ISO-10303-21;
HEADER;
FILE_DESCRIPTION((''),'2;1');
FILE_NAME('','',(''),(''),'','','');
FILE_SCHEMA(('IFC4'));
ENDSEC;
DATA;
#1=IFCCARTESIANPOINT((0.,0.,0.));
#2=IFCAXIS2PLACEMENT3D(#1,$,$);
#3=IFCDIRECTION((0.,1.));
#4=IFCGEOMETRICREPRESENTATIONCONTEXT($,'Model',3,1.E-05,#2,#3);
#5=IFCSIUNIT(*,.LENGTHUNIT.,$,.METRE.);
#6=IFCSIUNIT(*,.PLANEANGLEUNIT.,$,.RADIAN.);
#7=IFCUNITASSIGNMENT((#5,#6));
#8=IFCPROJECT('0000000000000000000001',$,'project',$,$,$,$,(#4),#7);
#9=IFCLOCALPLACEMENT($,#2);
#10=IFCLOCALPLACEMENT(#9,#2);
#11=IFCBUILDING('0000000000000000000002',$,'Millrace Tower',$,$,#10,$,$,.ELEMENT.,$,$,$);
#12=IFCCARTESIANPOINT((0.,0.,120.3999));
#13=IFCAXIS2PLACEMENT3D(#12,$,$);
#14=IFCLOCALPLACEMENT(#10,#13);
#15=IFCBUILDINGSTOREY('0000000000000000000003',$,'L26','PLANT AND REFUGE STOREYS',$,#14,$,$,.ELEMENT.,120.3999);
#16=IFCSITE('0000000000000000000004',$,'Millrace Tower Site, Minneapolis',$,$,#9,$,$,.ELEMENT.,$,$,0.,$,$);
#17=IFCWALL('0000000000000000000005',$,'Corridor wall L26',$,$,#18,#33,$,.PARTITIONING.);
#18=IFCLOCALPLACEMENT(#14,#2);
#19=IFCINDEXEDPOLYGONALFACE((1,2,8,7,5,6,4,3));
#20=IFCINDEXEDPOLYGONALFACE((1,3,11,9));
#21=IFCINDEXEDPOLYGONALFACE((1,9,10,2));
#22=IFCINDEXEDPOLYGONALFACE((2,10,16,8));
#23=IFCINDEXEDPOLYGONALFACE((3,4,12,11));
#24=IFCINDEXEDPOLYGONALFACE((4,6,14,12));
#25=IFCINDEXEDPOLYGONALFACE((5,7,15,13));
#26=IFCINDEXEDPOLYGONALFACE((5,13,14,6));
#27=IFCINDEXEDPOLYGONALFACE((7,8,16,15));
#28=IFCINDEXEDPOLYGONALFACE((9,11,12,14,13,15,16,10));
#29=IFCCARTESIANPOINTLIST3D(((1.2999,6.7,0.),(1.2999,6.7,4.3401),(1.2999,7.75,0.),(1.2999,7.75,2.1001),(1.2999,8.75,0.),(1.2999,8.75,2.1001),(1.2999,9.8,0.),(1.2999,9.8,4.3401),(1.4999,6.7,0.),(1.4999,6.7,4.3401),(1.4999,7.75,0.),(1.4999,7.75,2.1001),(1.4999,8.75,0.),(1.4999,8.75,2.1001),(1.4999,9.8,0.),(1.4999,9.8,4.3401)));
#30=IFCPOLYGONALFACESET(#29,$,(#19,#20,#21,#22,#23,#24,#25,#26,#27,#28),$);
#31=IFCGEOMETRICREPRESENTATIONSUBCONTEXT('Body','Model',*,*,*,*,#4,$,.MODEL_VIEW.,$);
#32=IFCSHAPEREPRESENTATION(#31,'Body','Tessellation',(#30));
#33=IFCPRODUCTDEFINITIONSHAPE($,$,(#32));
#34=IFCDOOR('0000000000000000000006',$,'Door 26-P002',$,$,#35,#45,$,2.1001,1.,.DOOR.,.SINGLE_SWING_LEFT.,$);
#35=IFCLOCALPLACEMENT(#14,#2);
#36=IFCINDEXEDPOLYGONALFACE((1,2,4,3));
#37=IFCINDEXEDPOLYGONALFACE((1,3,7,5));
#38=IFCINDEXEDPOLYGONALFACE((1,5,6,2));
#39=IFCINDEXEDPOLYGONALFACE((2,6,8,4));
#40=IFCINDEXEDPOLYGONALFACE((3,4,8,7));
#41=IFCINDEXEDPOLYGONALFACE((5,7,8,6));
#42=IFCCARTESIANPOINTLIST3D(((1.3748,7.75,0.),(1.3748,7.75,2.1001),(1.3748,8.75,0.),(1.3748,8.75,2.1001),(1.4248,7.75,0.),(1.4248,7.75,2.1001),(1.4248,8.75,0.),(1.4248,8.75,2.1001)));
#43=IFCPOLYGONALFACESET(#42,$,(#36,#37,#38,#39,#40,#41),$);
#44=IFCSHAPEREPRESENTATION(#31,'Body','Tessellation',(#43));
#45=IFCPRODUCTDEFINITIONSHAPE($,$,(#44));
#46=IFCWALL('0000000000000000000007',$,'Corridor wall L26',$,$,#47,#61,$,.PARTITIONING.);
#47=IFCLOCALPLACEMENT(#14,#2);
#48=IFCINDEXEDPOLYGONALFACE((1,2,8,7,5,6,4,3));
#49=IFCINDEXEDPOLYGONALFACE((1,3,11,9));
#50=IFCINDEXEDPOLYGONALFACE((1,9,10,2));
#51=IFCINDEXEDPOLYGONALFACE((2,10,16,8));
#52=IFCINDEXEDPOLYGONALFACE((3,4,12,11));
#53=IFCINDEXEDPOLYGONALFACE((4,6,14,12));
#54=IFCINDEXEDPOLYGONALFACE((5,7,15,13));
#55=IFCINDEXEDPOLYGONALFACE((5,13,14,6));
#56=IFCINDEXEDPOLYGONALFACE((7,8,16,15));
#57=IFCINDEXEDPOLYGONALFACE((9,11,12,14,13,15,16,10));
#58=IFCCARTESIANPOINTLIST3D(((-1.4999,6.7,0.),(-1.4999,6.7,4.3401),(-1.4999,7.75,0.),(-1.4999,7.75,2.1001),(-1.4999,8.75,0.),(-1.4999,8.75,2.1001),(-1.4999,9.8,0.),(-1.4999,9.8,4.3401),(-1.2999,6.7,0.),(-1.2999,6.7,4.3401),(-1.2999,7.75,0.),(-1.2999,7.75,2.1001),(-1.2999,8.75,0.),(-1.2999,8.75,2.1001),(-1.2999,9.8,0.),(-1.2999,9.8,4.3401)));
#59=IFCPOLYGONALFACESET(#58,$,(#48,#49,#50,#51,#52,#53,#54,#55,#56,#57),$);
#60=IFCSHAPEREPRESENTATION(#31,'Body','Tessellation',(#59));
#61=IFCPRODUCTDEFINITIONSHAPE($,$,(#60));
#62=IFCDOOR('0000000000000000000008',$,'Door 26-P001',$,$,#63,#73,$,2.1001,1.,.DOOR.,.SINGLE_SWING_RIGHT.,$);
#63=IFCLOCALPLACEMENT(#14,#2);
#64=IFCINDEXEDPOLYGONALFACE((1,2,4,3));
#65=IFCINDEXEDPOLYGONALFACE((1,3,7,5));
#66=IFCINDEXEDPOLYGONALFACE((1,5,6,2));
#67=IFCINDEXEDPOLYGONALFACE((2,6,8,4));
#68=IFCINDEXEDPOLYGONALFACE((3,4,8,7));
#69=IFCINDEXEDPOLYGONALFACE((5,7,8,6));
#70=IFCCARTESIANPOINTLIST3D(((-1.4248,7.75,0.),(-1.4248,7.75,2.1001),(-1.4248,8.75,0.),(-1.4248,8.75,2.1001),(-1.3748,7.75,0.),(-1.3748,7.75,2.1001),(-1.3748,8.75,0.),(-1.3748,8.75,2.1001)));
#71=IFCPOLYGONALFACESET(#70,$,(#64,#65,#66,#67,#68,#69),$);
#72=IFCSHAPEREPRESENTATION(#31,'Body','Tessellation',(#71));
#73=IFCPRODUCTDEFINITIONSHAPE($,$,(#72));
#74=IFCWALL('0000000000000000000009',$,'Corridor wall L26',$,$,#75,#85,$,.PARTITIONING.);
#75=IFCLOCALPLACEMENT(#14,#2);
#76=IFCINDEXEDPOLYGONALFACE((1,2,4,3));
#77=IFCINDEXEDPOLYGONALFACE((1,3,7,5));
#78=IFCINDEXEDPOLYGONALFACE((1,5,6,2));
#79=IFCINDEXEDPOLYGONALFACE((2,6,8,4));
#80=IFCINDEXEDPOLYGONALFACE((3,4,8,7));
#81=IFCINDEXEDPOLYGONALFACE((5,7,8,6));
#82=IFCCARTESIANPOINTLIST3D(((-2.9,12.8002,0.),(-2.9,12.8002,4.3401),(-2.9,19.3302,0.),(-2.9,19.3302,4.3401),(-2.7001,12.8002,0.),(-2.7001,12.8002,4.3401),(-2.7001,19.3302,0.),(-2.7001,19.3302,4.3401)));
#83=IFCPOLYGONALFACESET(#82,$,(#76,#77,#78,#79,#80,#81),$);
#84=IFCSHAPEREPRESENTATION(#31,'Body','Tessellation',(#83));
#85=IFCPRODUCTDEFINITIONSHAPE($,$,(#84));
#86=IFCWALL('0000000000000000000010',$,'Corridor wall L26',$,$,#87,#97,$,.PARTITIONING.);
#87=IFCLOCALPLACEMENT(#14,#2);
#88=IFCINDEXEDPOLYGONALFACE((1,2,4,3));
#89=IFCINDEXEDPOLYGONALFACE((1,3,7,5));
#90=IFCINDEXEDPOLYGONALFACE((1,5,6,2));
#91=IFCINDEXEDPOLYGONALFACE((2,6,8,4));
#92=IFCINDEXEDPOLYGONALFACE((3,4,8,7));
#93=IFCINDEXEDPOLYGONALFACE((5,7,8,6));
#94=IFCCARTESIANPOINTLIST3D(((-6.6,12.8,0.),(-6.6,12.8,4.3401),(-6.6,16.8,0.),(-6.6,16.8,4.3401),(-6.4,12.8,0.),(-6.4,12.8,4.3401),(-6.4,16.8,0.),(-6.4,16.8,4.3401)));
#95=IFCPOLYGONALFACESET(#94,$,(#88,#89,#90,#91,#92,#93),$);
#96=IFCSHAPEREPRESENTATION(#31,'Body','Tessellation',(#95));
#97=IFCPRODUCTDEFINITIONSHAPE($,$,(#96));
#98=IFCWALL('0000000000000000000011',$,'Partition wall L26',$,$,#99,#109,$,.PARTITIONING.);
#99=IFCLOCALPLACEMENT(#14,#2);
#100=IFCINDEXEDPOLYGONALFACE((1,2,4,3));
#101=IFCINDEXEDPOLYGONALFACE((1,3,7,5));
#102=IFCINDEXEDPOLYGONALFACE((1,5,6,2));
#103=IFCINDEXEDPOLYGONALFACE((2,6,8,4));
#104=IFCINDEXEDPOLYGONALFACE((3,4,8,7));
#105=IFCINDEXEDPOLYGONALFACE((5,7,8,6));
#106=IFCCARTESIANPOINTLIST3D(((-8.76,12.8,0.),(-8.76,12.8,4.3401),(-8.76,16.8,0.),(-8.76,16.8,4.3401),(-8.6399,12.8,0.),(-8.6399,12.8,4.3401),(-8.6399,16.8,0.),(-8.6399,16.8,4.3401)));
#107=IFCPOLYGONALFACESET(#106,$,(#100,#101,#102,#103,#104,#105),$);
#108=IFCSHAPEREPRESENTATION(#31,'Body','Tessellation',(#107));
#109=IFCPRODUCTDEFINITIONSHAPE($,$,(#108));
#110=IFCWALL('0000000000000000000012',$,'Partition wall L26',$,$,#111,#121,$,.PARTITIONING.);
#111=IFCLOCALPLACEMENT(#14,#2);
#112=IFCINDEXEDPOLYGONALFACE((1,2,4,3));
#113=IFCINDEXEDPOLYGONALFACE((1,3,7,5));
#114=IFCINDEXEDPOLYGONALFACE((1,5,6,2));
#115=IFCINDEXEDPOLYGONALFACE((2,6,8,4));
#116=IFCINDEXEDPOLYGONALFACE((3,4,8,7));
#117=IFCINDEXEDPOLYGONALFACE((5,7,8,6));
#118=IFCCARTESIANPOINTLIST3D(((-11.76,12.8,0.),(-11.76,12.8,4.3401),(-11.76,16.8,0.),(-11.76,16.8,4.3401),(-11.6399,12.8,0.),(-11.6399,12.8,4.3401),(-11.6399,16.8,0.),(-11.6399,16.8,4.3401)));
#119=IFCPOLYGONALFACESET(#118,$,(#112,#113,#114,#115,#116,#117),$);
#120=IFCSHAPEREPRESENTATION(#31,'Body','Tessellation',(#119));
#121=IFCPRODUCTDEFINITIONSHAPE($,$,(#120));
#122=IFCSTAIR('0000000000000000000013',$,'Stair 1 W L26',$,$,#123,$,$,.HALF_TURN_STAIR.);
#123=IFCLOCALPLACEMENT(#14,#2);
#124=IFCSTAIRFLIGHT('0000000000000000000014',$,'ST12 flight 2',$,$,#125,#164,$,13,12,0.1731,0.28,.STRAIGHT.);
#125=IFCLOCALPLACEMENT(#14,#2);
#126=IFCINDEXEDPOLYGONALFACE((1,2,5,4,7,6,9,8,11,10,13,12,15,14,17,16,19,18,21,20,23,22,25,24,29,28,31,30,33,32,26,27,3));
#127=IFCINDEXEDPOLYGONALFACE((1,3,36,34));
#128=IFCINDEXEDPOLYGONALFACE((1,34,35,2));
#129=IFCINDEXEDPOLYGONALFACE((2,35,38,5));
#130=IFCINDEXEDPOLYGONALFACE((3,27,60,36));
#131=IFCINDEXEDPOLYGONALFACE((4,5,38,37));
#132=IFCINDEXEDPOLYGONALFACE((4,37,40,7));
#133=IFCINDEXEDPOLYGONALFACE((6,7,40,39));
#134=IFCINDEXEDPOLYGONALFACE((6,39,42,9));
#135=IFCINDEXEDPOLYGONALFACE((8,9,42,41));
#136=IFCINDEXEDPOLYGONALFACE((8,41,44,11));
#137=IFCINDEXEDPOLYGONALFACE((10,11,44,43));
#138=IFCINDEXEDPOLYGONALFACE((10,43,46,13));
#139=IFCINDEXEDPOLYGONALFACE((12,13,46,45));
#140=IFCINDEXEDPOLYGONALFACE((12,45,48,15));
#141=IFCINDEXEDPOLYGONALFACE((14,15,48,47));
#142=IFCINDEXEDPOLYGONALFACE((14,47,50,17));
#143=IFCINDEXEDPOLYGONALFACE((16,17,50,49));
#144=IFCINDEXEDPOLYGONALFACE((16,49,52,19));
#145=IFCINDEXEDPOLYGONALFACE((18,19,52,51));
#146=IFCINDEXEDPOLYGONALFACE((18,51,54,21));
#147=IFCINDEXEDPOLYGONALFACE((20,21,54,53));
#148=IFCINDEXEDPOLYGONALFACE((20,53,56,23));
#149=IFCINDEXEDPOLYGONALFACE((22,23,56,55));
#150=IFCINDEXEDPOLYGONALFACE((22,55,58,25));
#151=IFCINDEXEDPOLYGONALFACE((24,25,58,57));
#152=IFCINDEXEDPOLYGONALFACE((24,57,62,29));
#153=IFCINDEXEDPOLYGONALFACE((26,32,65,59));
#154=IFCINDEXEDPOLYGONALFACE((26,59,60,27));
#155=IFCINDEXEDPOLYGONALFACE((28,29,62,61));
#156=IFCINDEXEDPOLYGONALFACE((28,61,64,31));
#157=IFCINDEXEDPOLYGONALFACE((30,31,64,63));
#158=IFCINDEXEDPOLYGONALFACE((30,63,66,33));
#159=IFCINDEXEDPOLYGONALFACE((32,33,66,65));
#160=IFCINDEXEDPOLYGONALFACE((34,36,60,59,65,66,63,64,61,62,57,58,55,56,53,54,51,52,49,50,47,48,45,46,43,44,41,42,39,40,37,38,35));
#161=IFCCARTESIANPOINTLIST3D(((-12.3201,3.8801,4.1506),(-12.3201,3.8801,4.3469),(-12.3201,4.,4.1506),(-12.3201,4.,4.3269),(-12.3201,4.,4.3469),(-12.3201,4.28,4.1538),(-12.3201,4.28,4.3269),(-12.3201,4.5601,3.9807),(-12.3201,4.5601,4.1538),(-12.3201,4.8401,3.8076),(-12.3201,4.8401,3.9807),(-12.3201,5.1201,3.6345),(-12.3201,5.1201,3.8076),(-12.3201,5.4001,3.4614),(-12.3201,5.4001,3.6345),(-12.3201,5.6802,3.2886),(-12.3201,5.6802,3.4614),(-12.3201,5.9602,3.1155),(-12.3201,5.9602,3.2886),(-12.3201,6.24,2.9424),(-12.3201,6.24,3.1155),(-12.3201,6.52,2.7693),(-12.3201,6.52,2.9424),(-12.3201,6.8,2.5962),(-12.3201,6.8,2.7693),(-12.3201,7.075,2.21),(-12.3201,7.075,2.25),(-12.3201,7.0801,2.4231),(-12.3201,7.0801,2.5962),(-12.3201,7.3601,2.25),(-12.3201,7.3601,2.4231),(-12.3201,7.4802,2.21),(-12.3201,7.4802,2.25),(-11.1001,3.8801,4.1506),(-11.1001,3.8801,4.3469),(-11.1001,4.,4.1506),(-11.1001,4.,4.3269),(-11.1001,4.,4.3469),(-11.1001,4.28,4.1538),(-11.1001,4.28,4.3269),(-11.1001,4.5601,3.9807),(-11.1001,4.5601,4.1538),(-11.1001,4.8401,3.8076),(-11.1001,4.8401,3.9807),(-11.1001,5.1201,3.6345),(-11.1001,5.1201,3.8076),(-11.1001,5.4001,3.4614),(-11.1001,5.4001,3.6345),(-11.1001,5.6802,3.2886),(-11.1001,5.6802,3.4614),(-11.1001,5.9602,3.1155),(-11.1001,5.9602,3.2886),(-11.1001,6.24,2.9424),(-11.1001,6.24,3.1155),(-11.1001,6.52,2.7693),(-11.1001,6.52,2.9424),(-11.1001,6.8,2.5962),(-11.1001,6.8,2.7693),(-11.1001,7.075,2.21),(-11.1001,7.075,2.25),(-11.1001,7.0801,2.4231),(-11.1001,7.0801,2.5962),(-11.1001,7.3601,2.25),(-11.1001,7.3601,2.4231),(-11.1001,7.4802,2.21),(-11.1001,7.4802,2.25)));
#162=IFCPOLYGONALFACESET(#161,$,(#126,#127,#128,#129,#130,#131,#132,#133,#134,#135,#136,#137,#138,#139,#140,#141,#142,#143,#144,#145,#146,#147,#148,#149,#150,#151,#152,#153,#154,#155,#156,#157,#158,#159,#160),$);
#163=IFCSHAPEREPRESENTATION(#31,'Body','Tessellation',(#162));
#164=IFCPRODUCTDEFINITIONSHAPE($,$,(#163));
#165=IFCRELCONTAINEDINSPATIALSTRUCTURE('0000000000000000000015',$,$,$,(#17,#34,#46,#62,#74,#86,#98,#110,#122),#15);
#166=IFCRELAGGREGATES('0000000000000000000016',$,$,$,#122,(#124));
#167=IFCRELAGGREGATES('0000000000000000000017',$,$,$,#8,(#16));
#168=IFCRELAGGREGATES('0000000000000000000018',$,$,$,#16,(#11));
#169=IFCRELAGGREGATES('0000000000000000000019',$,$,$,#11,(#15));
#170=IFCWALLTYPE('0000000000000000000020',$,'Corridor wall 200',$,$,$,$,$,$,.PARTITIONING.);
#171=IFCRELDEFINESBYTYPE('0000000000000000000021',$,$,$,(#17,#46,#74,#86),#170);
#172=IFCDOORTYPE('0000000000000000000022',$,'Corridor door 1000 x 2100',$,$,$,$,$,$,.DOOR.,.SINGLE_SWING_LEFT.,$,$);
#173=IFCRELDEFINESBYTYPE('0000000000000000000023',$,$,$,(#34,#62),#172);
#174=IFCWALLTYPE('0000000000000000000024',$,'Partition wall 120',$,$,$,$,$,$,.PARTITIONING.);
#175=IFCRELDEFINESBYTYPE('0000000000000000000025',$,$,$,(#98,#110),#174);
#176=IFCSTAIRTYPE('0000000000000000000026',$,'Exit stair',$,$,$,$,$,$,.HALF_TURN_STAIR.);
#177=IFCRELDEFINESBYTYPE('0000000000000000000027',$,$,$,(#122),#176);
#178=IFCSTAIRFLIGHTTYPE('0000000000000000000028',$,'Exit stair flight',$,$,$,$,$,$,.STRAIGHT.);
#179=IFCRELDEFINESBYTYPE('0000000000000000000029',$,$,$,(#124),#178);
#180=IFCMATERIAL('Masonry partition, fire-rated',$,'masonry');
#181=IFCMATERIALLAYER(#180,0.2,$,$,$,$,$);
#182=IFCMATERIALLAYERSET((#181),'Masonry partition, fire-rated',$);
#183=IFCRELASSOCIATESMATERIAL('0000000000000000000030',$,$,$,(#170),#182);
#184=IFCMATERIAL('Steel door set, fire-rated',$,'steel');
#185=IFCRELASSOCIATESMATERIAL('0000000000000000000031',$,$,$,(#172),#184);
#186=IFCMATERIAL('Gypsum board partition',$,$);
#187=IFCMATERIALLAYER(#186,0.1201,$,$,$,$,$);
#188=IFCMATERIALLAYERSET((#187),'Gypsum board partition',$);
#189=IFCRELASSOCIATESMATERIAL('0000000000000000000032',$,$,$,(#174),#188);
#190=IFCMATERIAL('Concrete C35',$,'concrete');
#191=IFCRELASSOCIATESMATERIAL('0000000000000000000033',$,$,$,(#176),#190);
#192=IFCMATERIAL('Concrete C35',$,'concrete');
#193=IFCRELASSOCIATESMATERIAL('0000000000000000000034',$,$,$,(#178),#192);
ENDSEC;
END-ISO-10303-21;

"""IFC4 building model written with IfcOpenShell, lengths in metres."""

from ifc_helpers import new_model, si_unit, direction, frame, frame_2d, origin, place, context, subcontext, project, spatial, polyline, rectangle, outline, extrude, material, layer, layer_set, type_object, element, fill, aggregate, save


model = new_model("IFC4")

# Units and contexts
model_context = context("Model", 3, precision=1e-05, world=origin(), true_north=direction((0.0, 1.0)))
body_context = subcontext(model_context, "Body", "Model", "MODEL_VIEW")
ifc_project = project(units=[si_unit("LENGTHUNIT", "METRE"), si_unit("PLANEANGLEUNIT", "RADIAN")], contexts=[model_context])

# Site, building, storey
site_placement = place(None, origin())
site = spatial("IfcSite", under=ifc_project, at=site_placement, Name="Millrace Tower Site, Minneapolis", CompositionType="ELEMENT", RefElevation=0.0)
building_placement = place(site_placement, origin())
building = spatial("IfcBuilding", under=site, at=building_placement, Name="Millrace Tower", CompositionType="ELEMENT")
storey_placement = place(building_placement, frame((0.0, 0.0, 120.3999)))
storey = spatial("IfcBuildingStorey", under=building, at=storey_placement, Name="L26", Description="PLANT AND REFUGE STOREYS", CompositionType="ELEMENT", Elevation=120.3999)

# Shared definitions
ifc_material_1 = material(Name="Masonry partition, fire-rated", Category="masonry")
ifc_layer_1 = layer(ifc_material_1, 0.2)
ifc_layer_set_1 = layer_set([ifc_layer_1], Name="Masonry partition, fire-rated")
wall_type_1 = type_object("IfcWallType", Name="Corridor wall 200", PredefinedType="PARTITIONING", material=ifc_layer_set_1)

# Walls, openings, doors
wall_1_placement = place(storey_placement, frame((1.3999, 6.7, 0.0), z_axis=(0.0, 0.0, 1.0), x_axis=(0.0, 1.0, 0.0)))
wall_1 = element("IfcWall", 1, at=wall_1_placement, inside=storey, type_object=wall_type_1, Name="Corridor wall L26", PredefinedType="PARTITIONING", context=body_context, shape_type="SweptSolid", body=[
    extrude(rectangle(XDim=3.1001, YDim=0.2, at=frame_2d((1.55, 0.0))), origin(), (0.0, 0.0, 1.0), 4.3401),
])
opening_1_placement = place(wall_1_placement, frame((1.05, 0.0, 0.0)))
opening_1 = element("IfcOpeningElement", 2, at=opening_1_placement, cuts=wall_1, PredefinedType="OPENING", context=body_context, shape_type="SweptSolid", body=[
    extrude(rectangle(XDim=1.0, YDim=2.1001, at=frame_2d((0.5, 1.05))), frame((0.0, 0.1099, 0.0), z_axis=(0.0, -1.0, 0.0), x_axis=(1.0, 0.0, 0.0)), (0.0, 0.0, 1.0), 0.22),
])
ifc_material_2 = material(Name="Steel door set, fire-rated", Category="steel")
door_type = type_object("IfcDoorType", Name="Corridor door 1000 x 2100", OperationType="SINGLE_SWING_LEFT", PredefinedType="DOOR", material=ifc_material_2)
door_1_placement = place(opening_1_placement, frame((1.0, 0.0, 0.0), z_axis=(0.0, 0.0, 1.0), x_axis=(-1.0, 0.0, 0.0)))
door_1 = element("IfcDoor", 3, at=door_1_placement, inside=storey, type_object=door_type, Name="Door 26-P002", OperationType="SINGLE_SWING_LEFT", OverallHeight=2.1001, OverallWidth=1.0, PredefinedType="DOOR", context=body_context, shape_type="SweptSolid", body=[
    extrude(rectangle(XDim=1.0, YDim=2.1001, at=frame_2d((0.5, 1.05))), frame((0.0, 0.0249, 0.0), z_axis=(0.0, -1.0, 0.0), x_axis=(1.0, 0.0, 0.0)), (0.0, 0.0, 1.0), 0.05),
])
fill(opening_1, door_1)
wall_2_placement = place(storey_placement, frame((-1.3999, 6.7, 0.0), z_axis=(0.0, 0.0, 1.0), x_axis=(0.0, 1.0, 0.0)))
wall_2 = element("IfcWall", 4, at=wall_2_placement, inside=storey, type_object=wall_type_1, Name="Corridor wall L26", PredefinedType="PARTITIONING", context=body_context, shape_type="SweptSolid", body=[
    extrude(rectangle(XDim=3.1001, YDim=0.2, at=frame_2d((1.55, 0.0))), origin(), (0.0, 0.0, 1.0), 4.3401),
])
opening_2_placement = place(wall_2_placement, frame((1.05, 0.0, 0.0)))
opening_2 = element("IfcOpeningElement", 5, at=opening_2_placement, cuts=wall_2, PredefinedType="OPENING", context=body_context, shape_type="SweptSolid", body=[
    extrude(rectangle(XDim=1.0, YDim=2.1001, at=frame_2d((0.5, 1.05))), frame((0.0, 0.1099, 0.0), z_axis=(0.0, -1.0, 0.0), x_axis=(1.0, 0.0, 0.0)), (0.0, 0.0, 1.0), 0.22),
])
door_2_placement = place(opening_2_placement, origin())
door_2 = element("IfcDoor", 6, at=door_2_placement, inside=storey, type_object=door_type, Name="Door 26-P001", OperationType="SINGLE_SWING_RIGHT", OverallHeight=2.1001, OverallWidth=1.0, PredefinedType="DOOR", context=body_context, shape_type="SweptSolid", body=[
    extrude(rectangle(XDim=1.0, YDim=2.1001, at=frame_2d((0.5, 1.05))), frame((0.0, 0.0249, 0.0), z_axis=(0.0, -1.0, 0.0), x_axis=(1.0, 0.0, 0.0)), (0.0, 0.0, 1.0), 0.05),
])
fill(opening_2, door_2)

# Walls
wall_3_placement = place(storey_placement, frame((-2.8, 12.8, 0.0), z_axis=(0.0, 0.0, 1.0), x_axis=(0.0, 1.0, 0.0)))
element("IfcWall", 7, at=wall_3_placement, inside=storey, type_object=wall_type_1, Name="Corridor wall L26", PredefinedType="PARTITIONING", context=body_context, shape_type="SweptSolid", body=[
    extrude(rectangle(XDim=6.53, YDim=0.2, at=frame_2d((3.2651, 0.0))), origin(), (0.0, 0.0, 1.0), 4.3401),
])
wall_4_placement = place(storey_placement, frame((-6.5, 12.8, 0.0), z_axis=(0.0, 0.0, 1.0), x_axis=(0.0, 1.0, 0.0)))
element("IfcWall", 8, at=wall_4_placement, inside=storey, type_object=wall_type_1, Name="Corridor wall L26", PredefinedType="PARTITIONING", context=body_context, shape_type="SweptSolid", body=[
    extrude(rectangle(XDim=4.0, YDim=0.2, at=frame_2d((2.0, 0.0))), origin(), (0.0, 0.0, 1.0), 4.3401),
])
ifc_material_3 = material(Name="Gypsum board partition")
ifc_layer_2 = layer(ifc_material_3, 0.1201)
ifc_layer_set_2 = layer_set([ifc_layer_2], Name="Gypsum board partition")
wall_type_2 = type_object("IfcWallType", Name="Partition wall 120", PredefinedType="PARTITIONING", material=ifc_layer_set_2)
for number, where, z_axis, x_axis, name in (
    (9, (-8.7, 12.8, 0.0), (0.0, 0.0, 1.0), (0.0, 1.0, 0.0), "Partition wall L26"),
    (10, (-11.7, 12.8, 0.0), (0.0, 0.0, 1.0), (0.0, 1.0, 0.0), "Partition wall L26"),
):
    element("IfcWall", number, at=place(storey_placement, frame(where, z_axis=z_axis, x_axis=x_axis)), inside=storey, type_object=wall_type_2, Name=name, PredefinedType="PARTITIONING", context=body_context, shape_type="SweptSolid", body=[
        extrude(rectangle(XDim=4.0, YDim=0.1201, at=frame_2d((2.0, 0.0))), origin(), (0.0, 0.0, 1.0), 4.3401),
    ])

# Stair, stair flight
ifc_material_4 = material(Name="Concrete C35", Category="concrete")
stair_type = type_object("IfcStairType", Name="Exit stair", PredefinedType="HALF_TURN_STAIR", material=ifc_material_4)
placement = place(storey_placement, origin())
stair_1 = element("IfcStair", 11, at=placement, inside=storey, type_object=stair_type, Name="Stair 1 W L26", PredefinedType="HALF_TURN_STAIR")
ifc_material_5 = material(Name="Concrete C35", Category="concrete")
stair_flight_type = type_object("IfcStairFlightType", Name="Exit stair flight", PredefinedType="STRAIGHT", material=ifc_material_5)
stair_flight_1_placement = place(storey_placement, frame((-11.71, 7.3601, 2.25), z_axis=(0.0, 0.0, 1.0), x_axis=(0.0, -1.0, 0.0)))
stair_flight_1 = element("IfcStairFlight", 12, at=stair_flight_1_placement, type_object=stair_flight_type, Name="ST12 flight 2", NumberOfRisers=13, NumberOfTreads=12, PredefinedType="STRAIGHT", RiserHeight=0.1731, TreadLength=0.28, context=body_context, shape_type="SweptSolid", body=[
    extrude(outline(polyline([(-0.1201, -0.04), (-0.1201, 0.0), (0.0, 0.0), (0.0, 0.1731), (0.28, 0.1731), (0.28, 0.3462), (0.5601, 0.3462), (0.5601, 0.5193), (0.8401, 0.5193), (0.8401, 0.6924), (1.1201, 0.6924), (1.1201, 0.8655), (1.3999, 0.8655), (1.3999, 1.0386), (1.6799, 1.0386), (1.6799, 1.2114), (1.96, 1.2114), (1.96, 1.3845), (2.24, 1.3845), (2.24, 1.5576), (2.52, 1.5576), (2.52, 1.7307), (2.8, 1.7307), (2.8, 1.9038), (3.0801, 1.9038), (3.0801, 2.0769), (3.3601, 2.0769), (3.3601, 2.0969), (3.48, 2.0969), (3.48, 1.9006), (3.3601, 1.9006), (0.2852, 0.0), (0.2852, -0.04), (-0.1201, -0.04)])), frame((0.0, 0.6099, 0.0), z_axis=(0.0, -1.0, 0.0), x_axis=(1.0, 0.0, 0.0)), (0.0, 0.0, 1.0), 1.22),
])
aggregate(stair_1, [stair_flight_1])

save(model, "model.ifc")
